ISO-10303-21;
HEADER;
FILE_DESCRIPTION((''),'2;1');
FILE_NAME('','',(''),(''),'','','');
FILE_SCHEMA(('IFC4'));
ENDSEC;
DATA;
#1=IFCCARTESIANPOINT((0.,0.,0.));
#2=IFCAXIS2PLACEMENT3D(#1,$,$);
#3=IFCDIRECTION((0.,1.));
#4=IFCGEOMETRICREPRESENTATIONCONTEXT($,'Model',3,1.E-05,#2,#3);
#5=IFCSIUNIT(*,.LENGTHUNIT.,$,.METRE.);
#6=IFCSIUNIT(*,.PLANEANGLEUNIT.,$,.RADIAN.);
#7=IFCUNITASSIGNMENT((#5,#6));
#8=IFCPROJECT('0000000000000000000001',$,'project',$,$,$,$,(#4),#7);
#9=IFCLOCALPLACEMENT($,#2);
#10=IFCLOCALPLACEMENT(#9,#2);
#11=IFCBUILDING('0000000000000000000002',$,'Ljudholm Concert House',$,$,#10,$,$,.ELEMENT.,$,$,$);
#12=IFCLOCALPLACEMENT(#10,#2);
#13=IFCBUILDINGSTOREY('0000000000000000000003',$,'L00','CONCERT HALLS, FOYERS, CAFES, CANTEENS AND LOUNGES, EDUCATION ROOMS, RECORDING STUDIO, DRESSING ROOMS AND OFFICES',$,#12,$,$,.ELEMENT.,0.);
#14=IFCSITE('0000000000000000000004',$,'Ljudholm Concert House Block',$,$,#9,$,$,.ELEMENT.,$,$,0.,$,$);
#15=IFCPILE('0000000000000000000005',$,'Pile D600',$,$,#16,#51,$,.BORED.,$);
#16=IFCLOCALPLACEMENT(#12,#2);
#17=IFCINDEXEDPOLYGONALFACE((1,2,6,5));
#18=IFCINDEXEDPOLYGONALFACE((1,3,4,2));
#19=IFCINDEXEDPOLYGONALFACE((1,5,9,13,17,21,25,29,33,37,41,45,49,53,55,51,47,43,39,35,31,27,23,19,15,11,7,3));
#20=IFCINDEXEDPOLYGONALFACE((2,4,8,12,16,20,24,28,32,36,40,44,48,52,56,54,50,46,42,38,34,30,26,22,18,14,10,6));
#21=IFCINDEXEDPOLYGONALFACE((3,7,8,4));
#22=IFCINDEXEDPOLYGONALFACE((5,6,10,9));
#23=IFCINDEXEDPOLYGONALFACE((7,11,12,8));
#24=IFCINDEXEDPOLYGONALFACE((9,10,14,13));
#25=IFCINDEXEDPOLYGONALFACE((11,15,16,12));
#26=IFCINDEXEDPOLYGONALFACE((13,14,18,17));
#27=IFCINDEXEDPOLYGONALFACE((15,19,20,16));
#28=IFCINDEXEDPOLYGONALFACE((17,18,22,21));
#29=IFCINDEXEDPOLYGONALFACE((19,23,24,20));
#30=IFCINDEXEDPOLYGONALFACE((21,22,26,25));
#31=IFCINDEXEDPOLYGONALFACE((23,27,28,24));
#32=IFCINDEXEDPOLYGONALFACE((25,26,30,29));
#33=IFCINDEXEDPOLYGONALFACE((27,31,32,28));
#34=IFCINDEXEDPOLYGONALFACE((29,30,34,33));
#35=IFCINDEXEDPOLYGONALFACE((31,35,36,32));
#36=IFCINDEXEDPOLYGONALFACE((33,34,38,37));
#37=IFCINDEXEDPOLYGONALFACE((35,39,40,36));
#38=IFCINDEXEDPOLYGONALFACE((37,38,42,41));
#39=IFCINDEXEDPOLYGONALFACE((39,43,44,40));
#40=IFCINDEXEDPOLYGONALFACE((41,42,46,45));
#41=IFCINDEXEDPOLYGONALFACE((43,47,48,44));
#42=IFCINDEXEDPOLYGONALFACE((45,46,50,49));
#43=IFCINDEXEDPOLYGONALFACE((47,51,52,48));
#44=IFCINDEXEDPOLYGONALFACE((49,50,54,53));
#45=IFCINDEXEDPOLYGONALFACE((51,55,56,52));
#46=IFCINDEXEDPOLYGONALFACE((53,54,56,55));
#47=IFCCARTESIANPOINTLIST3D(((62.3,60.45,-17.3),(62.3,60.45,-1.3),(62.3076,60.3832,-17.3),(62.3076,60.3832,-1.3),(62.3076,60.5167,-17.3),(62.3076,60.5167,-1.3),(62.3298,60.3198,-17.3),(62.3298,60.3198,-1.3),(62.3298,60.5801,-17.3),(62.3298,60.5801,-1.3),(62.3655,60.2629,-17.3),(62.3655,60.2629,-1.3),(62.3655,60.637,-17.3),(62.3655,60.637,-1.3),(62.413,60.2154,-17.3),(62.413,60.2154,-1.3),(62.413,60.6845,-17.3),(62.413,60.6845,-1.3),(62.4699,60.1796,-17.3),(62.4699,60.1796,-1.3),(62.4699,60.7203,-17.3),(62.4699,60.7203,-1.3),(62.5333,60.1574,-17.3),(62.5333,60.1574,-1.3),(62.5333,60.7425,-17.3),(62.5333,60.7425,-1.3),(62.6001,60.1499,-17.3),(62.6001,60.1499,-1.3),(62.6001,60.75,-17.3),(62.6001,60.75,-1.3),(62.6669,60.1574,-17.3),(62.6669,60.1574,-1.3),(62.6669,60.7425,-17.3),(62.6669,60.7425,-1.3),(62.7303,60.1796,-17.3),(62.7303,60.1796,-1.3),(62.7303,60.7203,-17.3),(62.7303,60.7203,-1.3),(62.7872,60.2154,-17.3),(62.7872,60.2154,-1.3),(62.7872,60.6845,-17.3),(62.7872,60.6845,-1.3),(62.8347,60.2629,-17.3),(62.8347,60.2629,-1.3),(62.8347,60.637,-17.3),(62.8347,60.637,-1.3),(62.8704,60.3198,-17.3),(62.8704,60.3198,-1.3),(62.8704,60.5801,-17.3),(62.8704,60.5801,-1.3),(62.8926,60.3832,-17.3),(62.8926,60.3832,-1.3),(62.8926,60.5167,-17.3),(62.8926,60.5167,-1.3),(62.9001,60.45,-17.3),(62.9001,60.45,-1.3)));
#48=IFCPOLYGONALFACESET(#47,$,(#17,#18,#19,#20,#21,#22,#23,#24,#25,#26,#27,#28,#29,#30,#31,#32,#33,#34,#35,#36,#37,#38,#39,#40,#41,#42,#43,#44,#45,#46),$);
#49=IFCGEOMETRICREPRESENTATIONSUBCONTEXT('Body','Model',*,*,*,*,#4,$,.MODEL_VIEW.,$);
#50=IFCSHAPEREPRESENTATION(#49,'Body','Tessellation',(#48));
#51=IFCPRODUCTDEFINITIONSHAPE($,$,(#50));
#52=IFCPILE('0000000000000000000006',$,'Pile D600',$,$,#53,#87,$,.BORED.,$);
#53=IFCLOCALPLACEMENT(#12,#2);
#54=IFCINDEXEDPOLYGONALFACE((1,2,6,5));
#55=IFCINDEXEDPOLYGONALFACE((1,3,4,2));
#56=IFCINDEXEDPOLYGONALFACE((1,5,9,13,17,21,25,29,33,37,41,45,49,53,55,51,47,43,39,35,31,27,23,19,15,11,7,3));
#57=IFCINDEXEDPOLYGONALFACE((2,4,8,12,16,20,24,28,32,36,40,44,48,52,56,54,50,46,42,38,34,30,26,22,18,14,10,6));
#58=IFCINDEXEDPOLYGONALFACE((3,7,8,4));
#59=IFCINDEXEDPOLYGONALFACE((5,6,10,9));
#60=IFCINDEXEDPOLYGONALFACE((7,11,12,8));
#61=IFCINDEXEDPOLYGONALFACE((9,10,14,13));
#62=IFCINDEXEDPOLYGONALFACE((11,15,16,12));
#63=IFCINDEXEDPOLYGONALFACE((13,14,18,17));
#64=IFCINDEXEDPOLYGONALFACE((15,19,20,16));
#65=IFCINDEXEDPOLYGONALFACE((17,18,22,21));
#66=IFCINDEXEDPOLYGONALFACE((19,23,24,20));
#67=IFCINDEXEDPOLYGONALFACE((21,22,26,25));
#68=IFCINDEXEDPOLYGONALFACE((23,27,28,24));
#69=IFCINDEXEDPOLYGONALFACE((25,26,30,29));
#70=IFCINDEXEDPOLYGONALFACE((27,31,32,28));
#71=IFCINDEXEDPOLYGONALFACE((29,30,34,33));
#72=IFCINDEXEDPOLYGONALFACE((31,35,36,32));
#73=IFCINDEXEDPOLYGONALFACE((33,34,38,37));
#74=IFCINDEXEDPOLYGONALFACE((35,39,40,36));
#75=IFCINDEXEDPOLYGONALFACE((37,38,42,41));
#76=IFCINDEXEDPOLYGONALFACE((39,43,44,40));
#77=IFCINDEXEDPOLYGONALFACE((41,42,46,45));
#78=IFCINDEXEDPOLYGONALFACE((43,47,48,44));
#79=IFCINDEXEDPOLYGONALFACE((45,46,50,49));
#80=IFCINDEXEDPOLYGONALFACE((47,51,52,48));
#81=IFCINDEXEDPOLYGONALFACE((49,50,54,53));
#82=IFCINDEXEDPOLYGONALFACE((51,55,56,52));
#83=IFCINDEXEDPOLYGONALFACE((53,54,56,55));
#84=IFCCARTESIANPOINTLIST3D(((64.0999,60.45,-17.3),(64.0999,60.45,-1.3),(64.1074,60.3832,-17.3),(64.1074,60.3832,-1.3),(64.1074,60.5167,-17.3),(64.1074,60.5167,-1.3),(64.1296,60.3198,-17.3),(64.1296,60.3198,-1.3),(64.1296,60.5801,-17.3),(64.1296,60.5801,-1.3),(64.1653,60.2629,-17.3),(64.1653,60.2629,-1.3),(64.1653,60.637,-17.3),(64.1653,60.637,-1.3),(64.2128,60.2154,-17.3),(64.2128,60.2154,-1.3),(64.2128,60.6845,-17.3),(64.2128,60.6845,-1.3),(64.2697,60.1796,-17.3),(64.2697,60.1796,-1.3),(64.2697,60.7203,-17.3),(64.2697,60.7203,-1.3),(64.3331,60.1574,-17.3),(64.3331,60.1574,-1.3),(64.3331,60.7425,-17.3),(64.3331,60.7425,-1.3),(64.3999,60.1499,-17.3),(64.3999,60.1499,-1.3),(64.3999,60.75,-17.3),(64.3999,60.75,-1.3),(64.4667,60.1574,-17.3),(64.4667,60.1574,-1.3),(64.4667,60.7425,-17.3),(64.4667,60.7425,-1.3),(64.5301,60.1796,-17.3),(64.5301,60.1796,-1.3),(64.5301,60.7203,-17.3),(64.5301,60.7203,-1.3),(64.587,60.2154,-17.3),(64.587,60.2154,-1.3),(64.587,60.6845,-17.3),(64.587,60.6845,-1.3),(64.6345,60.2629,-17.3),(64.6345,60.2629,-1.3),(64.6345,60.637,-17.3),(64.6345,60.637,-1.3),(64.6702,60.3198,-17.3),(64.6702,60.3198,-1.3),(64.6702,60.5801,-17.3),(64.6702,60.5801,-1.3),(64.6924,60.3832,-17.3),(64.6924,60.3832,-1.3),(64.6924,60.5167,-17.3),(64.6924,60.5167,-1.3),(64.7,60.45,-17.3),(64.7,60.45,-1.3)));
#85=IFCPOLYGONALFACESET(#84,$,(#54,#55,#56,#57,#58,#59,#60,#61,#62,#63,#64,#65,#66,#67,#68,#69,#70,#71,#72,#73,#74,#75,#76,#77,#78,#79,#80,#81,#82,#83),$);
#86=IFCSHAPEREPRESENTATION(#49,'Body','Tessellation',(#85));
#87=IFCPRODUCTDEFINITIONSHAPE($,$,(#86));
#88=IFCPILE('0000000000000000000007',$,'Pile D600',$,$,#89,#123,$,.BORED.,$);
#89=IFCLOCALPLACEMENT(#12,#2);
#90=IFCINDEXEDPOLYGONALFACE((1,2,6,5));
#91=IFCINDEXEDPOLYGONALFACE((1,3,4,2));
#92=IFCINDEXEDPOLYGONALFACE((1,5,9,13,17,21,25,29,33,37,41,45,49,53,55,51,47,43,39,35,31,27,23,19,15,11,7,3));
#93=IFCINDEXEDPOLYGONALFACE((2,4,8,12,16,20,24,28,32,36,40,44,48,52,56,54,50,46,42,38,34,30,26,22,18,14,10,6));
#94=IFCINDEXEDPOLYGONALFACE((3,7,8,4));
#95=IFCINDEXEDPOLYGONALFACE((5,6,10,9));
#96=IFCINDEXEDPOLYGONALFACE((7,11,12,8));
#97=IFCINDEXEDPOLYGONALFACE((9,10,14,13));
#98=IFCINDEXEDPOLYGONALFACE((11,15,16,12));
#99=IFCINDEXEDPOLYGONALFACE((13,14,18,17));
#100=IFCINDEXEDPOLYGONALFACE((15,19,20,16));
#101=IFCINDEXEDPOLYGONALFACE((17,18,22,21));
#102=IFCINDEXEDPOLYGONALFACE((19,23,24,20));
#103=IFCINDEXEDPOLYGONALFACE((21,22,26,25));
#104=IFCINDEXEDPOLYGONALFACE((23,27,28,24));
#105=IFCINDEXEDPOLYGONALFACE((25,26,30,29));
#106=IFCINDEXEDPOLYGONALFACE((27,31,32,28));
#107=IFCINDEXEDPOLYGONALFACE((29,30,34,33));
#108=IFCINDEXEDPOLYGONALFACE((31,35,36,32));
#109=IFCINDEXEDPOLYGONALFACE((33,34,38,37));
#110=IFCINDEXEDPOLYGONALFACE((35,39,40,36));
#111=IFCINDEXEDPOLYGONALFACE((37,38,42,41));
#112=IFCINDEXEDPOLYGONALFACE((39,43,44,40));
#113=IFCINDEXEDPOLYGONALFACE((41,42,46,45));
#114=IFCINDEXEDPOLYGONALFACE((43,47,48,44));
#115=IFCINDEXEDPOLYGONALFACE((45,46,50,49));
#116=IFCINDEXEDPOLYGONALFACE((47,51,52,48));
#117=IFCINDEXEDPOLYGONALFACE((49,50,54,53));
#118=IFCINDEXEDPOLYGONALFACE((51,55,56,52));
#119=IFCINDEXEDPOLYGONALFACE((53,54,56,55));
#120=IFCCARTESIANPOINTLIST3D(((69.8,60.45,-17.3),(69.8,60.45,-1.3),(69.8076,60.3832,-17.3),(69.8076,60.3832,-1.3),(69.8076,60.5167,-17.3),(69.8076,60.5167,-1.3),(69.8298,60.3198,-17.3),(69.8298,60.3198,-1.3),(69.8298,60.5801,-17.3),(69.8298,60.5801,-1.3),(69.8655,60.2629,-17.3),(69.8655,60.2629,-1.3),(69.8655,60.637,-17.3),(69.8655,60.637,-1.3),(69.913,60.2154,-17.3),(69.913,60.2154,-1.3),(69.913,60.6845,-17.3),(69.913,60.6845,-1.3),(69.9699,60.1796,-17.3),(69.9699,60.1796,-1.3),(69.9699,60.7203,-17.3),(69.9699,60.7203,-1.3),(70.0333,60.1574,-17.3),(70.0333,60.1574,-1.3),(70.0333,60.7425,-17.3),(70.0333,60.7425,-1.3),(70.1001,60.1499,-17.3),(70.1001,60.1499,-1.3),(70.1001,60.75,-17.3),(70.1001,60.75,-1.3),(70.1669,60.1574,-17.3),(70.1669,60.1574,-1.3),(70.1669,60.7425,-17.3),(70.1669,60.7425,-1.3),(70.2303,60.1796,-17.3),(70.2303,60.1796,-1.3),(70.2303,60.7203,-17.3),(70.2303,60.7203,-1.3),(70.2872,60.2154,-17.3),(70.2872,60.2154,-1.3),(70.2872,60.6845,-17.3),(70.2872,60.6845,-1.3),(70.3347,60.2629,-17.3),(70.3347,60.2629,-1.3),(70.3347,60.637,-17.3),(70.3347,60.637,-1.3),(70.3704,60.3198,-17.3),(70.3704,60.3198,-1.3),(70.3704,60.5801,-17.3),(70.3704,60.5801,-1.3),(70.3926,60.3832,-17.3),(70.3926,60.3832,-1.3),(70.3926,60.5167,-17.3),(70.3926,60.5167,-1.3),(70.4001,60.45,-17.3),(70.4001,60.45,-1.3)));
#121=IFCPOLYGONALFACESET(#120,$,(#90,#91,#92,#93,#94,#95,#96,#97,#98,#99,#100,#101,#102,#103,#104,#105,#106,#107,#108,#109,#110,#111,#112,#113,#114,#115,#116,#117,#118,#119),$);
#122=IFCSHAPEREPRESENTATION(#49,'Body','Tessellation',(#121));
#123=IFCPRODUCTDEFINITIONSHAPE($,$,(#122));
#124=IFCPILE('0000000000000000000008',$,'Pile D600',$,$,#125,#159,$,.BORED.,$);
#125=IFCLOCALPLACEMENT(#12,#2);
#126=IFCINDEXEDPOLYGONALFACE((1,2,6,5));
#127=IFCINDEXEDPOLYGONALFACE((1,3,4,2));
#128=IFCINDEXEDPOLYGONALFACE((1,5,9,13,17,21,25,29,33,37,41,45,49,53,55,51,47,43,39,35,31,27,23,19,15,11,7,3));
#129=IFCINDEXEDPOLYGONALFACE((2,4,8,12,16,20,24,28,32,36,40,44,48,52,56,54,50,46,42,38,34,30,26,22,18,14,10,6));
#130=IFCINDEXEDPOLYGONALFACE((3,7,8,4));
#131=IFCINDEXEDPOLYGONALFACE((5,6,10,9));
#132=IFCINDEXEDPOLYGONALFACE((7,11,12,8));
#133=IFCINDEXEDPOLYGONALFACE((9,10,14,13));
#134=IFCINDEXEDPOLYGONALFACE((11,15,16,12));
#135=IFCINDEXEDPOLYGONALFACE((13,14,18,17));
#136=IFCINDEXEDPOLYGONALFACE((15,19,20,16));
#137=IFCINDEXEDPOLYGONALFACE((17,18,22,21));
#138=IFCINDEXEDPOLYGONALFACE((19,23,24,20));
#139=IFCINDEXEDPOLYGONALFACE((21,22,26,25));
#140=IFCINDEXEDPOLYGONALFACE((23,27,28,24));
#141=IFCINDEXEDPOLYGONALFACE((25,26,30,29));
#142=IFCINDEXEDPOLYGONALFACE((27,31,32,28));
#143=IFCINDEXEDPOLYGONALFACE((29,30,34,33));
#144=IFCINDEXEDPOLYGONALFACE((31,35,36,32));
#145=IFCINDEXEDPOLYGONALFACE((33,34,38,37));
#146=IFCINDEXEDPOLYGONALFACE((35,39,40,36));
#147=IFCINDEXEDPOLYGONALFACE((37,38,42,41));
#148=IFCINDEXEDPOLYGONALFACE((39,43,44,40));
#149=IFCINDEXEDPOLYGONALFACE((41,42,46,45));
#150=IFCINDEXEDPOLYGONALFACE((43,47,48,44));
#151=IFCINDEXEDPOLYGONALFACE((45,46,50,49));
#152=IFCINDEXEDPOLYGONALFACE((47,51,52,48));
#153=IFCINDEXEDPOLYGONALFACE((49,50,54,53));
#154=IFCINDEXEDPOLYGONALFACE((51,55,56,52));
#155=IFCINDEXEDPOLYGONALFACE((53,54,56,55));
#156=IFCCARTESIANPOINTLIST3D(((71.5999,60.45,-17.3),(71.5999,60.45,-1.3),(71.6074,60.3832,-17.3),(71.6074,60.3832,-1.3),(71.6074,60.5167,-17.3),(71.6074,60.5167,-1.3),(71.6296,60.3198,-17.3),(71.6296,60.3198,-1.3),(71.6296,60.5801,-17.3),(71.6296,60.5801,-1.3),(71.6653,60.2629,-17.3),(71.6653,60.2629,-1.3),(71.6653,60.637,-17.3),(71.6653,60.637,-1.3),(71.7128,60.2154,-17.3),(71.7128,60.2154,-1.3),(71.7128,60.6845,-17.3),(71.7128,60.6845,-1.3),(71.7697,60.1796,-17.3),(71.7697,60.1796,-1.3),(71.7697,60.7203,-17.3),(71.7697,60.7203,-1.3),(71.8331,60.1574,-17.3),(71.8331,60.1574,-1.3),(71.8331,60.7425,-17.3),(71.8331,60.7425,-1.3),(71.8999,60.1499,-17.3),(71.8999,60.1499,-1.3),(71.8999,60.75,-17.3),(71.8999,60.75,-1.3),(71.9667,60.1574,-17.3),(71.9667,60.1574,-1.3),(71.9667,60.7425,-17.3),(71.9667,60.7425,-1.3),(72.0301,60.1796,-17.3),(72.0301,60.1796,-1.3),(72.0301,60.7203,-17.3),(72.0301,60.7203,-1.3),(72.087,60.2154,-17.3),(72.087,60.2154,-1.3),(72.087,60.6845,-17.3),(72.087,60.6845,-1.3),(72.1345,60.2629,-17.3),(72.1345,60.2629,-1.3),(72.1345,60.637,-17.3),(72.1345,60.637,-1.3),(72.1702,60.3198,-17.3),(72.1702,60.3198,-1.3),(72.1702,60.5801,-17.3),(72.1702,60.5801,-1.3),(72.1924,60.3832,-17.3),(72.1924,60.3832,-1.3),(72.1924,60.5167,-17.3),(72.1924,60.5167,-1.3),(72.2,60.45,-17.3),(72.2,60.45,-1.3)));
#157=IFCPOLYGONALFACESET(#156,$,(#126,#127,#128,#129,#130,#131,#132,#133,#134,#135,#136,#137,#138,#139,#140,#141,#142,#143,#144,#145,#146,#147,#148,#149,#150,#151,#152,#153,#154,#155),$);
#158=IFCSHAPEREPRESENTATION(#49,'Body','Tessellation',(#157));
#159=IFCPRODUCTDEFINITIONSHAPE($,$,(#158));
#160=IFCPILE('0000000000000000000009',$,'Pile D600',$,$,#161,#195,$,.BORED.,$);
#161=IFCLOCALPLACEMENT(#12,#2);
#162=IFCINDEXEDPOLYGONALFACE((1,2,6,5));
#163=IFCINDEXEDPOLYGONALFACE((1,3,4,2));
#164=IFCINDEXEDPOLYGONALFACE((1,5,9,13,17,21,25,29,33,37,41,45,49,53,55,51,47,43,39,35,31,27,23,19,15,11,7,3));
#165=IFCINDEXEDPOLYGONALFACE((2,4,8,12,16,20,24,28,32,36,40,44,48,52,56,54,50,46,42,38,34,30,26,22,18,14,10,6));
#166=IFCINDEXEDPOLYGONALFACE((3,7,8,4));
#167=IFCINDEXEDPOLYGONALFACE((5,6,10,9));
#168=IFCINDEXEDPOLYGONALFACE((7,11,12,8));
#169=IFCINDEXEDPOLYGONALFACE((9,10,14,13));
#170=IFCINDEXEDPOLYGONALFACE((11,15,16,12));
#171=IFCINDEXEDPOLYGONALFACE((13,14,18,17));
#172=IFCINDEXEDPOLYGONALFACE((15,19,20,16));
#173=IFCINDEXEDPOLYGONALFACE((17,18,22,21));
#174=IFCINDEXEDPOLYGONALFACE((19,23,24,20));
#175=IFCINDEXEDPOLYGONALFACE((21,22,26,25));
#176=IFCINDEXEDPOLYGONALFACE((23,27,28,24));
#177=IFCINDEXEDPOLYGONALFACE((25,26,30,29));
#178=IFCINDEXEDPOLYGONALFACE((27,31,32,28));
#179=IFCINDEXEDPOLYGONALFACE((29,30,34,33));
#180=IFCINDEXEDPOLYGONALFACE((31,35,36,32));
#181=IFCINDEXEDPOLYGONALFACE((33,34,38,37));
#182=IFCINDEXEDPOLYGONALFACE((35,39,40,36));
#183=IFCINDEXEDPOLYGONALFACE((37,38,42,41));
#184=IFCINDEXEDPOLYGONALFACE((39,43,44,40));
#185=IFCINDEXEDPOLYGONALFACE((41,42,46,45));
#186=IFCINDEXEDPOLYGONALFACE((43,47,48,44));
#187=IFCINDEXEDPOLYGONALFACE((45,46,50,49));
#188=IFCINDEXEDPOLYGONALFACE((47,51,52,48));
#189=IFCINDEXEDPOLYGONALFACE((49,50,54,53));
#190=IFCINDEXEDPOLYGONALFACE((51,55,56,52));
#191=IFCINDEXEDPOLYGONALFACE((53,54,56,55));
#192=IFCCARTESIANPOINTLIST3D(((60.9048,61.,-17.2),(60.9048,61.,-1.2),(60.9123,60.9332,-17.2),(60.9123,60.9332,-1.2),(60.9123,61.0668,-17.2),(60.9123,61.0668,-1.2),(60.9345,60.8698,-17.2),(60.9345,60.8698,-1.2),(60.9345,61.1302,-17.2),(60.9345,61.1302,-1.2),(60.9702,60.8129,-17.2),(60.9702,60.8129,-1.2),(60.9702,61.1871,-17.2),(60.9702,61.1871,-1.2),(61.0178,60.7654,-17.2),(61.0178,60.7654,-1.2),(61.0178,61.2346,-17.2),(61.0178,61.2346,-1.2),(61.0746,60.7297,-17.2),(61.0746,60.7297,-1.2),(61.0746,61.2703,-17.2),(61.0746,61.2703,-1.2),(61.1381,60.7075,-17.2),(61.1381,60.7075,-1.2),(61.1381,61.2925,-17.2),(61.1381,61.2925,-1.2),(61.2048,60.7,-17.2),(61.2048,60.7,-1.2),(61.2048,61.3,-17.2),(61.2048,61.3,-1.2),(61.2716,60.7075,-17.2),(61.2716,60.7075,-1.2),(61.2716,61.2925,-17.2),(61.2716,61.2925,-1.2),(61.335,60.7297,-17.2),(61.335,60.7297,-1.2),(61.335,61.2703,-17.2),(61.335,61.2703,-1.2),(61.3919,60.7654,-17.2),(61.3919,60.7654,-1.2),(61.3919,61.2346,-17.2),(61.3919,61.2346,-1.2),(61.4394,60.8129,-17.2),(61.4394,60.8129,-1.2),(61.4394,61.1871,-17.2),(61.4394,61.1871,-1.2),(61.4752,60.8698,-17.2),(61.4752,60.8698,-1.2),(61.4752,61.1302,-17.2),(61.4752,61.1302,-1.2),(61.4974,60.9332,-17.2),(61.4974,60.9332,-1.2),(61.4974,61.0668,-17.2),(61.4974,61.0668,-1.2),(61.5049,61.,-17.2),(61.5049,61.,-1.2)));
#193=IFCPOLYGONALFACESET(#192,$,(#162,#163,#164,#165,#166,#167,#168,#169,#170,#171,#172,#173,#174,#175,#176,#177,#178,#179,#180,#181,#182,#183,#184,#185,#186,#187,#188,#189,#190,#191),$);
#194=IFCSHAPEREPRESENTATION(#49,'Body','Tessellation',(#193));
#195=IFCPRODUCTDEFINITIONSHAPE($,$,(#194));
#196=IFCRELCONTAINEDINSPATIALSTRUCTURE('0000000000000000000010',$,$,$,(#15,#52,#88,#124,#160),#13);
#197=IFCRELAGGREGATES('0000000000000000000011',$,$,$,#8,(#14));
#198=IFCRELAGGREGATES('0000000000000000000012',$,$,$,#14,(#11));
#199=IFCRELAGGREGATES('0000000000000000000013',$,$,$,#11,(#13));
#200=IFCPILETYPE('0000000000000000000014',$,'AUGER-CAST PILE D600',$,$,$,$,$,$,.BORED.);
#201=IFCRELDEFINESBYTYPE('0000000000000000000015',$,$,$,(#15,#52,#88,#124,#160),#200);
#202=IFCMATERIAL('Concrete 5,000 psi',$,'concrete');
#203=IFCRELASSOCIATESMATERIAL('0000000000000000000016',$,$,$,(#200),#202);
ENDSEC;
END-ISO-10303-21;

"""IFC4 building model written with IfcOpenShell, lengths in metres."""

from ifc_helpers import new_model, si_unit, direction, frame, origin, origin_2d, place, context, subcontext, project, spatial, circle, extrude, material, material_profile, profile_set, type_object, element, save


model = new_model("IFC4")

# Units and contexts
model_context = context("Model", 3, precision=1e-05, world=origin(), true_north=direction((0.0, 1.0)))
body_context = subcontext(model_context, "Body", "Model", "MODEL_VIEW")
ifc_project = project(units=[si_unit("LENGTHUNIT", "METRE"), si_unit("PLANEANGLEUNIT", "RADIAN")], contexts=[model_context])

# Site, building, storey
site_placement = place(None, origin())
site = spatial("IfcSite", under=ifc_project, at=site_placement, Name="Ljudholm Concert House Block", CompositionType="ELEMENT", RefElevation=0.0)
building_placement = place(site_placement, origin())
building = spatial("IfcBuilding", under=site, at=building_placement, Name="Ljudholm Concert House", CompositionType="ELEMENT")
storey_placement = place(building_placement, origin())
storey = spatial("IfcBuildingStorey", under=building, at=storey_placement, Name="L00", Description="CONCERT HALLS, FOYERS, CAFES, CANTEENS AND LOUNGES, EDUCATION ROOMS, RECORDING STUDIO, DRESSING ROOMS AND OFFICES", CompositionType="ELEMENT", Elevation=0.0)

# Piles
ifc_material_1 = material(Name="Concrete 5,000 psi", Category="concrete")
ifc_material_profile_1 = material_profile(ifc_material_1, circle(Radius=0.3, at=origin_2d()), Name="AUGER-CAST PILE D600")
ifc_profile_set_1 = profile_set([ifc_material_profile_1], Name="Concrete 5,000 psi")
pile_type_1 = type_object("IfcPileType", Name="AUGER-CAST PILE D600", PredefinedType="BORED", material=ifc_profile_set_1)
for number, where, z_axis, x_axis, name in (
    (1, (62.6001, 60.45, -1.3), (0.0, 0.0, -1.0), (1.0, 0.0, 0.0), "Pile D600"),
    (2, (64.3999, 60.45, -1.3), (0.0, 0.0, -1.0), (1.0, 0.0, 0.0), "Pile D600"),
    (3, (70.1001, 60.45, -1.3), (0.0, 0.0, -1.0), (1.0, 0.0, 0.0), "Pile D600"),
    (4, (71.8999, 60.45, -1.3), (0.0, 0.0, -1.0), (1.0, 0.0, 0.0), "Pile D600"),
    (5, (61.2048, 61.0, -1.2), (0.0, 0.0, -1.0), (1.0, 0.0, 0.0), "Pile D600"),
):
    element("IfcPile", number, at=place(storey_placement, frame(where, z_axis=z_axis, x_axis=x_axis)), inside=storey, type_object=pile_type_1, Name=name, PredefinedType="BORED", context=body_context, shape_type="SweptSolid", body=[
        extrude(circle(Radius=0.3, at=origin_2d()), origin(), (0.0, 0.0, 1.0), 16.0),
    ])

save(model, "model.ifc")
